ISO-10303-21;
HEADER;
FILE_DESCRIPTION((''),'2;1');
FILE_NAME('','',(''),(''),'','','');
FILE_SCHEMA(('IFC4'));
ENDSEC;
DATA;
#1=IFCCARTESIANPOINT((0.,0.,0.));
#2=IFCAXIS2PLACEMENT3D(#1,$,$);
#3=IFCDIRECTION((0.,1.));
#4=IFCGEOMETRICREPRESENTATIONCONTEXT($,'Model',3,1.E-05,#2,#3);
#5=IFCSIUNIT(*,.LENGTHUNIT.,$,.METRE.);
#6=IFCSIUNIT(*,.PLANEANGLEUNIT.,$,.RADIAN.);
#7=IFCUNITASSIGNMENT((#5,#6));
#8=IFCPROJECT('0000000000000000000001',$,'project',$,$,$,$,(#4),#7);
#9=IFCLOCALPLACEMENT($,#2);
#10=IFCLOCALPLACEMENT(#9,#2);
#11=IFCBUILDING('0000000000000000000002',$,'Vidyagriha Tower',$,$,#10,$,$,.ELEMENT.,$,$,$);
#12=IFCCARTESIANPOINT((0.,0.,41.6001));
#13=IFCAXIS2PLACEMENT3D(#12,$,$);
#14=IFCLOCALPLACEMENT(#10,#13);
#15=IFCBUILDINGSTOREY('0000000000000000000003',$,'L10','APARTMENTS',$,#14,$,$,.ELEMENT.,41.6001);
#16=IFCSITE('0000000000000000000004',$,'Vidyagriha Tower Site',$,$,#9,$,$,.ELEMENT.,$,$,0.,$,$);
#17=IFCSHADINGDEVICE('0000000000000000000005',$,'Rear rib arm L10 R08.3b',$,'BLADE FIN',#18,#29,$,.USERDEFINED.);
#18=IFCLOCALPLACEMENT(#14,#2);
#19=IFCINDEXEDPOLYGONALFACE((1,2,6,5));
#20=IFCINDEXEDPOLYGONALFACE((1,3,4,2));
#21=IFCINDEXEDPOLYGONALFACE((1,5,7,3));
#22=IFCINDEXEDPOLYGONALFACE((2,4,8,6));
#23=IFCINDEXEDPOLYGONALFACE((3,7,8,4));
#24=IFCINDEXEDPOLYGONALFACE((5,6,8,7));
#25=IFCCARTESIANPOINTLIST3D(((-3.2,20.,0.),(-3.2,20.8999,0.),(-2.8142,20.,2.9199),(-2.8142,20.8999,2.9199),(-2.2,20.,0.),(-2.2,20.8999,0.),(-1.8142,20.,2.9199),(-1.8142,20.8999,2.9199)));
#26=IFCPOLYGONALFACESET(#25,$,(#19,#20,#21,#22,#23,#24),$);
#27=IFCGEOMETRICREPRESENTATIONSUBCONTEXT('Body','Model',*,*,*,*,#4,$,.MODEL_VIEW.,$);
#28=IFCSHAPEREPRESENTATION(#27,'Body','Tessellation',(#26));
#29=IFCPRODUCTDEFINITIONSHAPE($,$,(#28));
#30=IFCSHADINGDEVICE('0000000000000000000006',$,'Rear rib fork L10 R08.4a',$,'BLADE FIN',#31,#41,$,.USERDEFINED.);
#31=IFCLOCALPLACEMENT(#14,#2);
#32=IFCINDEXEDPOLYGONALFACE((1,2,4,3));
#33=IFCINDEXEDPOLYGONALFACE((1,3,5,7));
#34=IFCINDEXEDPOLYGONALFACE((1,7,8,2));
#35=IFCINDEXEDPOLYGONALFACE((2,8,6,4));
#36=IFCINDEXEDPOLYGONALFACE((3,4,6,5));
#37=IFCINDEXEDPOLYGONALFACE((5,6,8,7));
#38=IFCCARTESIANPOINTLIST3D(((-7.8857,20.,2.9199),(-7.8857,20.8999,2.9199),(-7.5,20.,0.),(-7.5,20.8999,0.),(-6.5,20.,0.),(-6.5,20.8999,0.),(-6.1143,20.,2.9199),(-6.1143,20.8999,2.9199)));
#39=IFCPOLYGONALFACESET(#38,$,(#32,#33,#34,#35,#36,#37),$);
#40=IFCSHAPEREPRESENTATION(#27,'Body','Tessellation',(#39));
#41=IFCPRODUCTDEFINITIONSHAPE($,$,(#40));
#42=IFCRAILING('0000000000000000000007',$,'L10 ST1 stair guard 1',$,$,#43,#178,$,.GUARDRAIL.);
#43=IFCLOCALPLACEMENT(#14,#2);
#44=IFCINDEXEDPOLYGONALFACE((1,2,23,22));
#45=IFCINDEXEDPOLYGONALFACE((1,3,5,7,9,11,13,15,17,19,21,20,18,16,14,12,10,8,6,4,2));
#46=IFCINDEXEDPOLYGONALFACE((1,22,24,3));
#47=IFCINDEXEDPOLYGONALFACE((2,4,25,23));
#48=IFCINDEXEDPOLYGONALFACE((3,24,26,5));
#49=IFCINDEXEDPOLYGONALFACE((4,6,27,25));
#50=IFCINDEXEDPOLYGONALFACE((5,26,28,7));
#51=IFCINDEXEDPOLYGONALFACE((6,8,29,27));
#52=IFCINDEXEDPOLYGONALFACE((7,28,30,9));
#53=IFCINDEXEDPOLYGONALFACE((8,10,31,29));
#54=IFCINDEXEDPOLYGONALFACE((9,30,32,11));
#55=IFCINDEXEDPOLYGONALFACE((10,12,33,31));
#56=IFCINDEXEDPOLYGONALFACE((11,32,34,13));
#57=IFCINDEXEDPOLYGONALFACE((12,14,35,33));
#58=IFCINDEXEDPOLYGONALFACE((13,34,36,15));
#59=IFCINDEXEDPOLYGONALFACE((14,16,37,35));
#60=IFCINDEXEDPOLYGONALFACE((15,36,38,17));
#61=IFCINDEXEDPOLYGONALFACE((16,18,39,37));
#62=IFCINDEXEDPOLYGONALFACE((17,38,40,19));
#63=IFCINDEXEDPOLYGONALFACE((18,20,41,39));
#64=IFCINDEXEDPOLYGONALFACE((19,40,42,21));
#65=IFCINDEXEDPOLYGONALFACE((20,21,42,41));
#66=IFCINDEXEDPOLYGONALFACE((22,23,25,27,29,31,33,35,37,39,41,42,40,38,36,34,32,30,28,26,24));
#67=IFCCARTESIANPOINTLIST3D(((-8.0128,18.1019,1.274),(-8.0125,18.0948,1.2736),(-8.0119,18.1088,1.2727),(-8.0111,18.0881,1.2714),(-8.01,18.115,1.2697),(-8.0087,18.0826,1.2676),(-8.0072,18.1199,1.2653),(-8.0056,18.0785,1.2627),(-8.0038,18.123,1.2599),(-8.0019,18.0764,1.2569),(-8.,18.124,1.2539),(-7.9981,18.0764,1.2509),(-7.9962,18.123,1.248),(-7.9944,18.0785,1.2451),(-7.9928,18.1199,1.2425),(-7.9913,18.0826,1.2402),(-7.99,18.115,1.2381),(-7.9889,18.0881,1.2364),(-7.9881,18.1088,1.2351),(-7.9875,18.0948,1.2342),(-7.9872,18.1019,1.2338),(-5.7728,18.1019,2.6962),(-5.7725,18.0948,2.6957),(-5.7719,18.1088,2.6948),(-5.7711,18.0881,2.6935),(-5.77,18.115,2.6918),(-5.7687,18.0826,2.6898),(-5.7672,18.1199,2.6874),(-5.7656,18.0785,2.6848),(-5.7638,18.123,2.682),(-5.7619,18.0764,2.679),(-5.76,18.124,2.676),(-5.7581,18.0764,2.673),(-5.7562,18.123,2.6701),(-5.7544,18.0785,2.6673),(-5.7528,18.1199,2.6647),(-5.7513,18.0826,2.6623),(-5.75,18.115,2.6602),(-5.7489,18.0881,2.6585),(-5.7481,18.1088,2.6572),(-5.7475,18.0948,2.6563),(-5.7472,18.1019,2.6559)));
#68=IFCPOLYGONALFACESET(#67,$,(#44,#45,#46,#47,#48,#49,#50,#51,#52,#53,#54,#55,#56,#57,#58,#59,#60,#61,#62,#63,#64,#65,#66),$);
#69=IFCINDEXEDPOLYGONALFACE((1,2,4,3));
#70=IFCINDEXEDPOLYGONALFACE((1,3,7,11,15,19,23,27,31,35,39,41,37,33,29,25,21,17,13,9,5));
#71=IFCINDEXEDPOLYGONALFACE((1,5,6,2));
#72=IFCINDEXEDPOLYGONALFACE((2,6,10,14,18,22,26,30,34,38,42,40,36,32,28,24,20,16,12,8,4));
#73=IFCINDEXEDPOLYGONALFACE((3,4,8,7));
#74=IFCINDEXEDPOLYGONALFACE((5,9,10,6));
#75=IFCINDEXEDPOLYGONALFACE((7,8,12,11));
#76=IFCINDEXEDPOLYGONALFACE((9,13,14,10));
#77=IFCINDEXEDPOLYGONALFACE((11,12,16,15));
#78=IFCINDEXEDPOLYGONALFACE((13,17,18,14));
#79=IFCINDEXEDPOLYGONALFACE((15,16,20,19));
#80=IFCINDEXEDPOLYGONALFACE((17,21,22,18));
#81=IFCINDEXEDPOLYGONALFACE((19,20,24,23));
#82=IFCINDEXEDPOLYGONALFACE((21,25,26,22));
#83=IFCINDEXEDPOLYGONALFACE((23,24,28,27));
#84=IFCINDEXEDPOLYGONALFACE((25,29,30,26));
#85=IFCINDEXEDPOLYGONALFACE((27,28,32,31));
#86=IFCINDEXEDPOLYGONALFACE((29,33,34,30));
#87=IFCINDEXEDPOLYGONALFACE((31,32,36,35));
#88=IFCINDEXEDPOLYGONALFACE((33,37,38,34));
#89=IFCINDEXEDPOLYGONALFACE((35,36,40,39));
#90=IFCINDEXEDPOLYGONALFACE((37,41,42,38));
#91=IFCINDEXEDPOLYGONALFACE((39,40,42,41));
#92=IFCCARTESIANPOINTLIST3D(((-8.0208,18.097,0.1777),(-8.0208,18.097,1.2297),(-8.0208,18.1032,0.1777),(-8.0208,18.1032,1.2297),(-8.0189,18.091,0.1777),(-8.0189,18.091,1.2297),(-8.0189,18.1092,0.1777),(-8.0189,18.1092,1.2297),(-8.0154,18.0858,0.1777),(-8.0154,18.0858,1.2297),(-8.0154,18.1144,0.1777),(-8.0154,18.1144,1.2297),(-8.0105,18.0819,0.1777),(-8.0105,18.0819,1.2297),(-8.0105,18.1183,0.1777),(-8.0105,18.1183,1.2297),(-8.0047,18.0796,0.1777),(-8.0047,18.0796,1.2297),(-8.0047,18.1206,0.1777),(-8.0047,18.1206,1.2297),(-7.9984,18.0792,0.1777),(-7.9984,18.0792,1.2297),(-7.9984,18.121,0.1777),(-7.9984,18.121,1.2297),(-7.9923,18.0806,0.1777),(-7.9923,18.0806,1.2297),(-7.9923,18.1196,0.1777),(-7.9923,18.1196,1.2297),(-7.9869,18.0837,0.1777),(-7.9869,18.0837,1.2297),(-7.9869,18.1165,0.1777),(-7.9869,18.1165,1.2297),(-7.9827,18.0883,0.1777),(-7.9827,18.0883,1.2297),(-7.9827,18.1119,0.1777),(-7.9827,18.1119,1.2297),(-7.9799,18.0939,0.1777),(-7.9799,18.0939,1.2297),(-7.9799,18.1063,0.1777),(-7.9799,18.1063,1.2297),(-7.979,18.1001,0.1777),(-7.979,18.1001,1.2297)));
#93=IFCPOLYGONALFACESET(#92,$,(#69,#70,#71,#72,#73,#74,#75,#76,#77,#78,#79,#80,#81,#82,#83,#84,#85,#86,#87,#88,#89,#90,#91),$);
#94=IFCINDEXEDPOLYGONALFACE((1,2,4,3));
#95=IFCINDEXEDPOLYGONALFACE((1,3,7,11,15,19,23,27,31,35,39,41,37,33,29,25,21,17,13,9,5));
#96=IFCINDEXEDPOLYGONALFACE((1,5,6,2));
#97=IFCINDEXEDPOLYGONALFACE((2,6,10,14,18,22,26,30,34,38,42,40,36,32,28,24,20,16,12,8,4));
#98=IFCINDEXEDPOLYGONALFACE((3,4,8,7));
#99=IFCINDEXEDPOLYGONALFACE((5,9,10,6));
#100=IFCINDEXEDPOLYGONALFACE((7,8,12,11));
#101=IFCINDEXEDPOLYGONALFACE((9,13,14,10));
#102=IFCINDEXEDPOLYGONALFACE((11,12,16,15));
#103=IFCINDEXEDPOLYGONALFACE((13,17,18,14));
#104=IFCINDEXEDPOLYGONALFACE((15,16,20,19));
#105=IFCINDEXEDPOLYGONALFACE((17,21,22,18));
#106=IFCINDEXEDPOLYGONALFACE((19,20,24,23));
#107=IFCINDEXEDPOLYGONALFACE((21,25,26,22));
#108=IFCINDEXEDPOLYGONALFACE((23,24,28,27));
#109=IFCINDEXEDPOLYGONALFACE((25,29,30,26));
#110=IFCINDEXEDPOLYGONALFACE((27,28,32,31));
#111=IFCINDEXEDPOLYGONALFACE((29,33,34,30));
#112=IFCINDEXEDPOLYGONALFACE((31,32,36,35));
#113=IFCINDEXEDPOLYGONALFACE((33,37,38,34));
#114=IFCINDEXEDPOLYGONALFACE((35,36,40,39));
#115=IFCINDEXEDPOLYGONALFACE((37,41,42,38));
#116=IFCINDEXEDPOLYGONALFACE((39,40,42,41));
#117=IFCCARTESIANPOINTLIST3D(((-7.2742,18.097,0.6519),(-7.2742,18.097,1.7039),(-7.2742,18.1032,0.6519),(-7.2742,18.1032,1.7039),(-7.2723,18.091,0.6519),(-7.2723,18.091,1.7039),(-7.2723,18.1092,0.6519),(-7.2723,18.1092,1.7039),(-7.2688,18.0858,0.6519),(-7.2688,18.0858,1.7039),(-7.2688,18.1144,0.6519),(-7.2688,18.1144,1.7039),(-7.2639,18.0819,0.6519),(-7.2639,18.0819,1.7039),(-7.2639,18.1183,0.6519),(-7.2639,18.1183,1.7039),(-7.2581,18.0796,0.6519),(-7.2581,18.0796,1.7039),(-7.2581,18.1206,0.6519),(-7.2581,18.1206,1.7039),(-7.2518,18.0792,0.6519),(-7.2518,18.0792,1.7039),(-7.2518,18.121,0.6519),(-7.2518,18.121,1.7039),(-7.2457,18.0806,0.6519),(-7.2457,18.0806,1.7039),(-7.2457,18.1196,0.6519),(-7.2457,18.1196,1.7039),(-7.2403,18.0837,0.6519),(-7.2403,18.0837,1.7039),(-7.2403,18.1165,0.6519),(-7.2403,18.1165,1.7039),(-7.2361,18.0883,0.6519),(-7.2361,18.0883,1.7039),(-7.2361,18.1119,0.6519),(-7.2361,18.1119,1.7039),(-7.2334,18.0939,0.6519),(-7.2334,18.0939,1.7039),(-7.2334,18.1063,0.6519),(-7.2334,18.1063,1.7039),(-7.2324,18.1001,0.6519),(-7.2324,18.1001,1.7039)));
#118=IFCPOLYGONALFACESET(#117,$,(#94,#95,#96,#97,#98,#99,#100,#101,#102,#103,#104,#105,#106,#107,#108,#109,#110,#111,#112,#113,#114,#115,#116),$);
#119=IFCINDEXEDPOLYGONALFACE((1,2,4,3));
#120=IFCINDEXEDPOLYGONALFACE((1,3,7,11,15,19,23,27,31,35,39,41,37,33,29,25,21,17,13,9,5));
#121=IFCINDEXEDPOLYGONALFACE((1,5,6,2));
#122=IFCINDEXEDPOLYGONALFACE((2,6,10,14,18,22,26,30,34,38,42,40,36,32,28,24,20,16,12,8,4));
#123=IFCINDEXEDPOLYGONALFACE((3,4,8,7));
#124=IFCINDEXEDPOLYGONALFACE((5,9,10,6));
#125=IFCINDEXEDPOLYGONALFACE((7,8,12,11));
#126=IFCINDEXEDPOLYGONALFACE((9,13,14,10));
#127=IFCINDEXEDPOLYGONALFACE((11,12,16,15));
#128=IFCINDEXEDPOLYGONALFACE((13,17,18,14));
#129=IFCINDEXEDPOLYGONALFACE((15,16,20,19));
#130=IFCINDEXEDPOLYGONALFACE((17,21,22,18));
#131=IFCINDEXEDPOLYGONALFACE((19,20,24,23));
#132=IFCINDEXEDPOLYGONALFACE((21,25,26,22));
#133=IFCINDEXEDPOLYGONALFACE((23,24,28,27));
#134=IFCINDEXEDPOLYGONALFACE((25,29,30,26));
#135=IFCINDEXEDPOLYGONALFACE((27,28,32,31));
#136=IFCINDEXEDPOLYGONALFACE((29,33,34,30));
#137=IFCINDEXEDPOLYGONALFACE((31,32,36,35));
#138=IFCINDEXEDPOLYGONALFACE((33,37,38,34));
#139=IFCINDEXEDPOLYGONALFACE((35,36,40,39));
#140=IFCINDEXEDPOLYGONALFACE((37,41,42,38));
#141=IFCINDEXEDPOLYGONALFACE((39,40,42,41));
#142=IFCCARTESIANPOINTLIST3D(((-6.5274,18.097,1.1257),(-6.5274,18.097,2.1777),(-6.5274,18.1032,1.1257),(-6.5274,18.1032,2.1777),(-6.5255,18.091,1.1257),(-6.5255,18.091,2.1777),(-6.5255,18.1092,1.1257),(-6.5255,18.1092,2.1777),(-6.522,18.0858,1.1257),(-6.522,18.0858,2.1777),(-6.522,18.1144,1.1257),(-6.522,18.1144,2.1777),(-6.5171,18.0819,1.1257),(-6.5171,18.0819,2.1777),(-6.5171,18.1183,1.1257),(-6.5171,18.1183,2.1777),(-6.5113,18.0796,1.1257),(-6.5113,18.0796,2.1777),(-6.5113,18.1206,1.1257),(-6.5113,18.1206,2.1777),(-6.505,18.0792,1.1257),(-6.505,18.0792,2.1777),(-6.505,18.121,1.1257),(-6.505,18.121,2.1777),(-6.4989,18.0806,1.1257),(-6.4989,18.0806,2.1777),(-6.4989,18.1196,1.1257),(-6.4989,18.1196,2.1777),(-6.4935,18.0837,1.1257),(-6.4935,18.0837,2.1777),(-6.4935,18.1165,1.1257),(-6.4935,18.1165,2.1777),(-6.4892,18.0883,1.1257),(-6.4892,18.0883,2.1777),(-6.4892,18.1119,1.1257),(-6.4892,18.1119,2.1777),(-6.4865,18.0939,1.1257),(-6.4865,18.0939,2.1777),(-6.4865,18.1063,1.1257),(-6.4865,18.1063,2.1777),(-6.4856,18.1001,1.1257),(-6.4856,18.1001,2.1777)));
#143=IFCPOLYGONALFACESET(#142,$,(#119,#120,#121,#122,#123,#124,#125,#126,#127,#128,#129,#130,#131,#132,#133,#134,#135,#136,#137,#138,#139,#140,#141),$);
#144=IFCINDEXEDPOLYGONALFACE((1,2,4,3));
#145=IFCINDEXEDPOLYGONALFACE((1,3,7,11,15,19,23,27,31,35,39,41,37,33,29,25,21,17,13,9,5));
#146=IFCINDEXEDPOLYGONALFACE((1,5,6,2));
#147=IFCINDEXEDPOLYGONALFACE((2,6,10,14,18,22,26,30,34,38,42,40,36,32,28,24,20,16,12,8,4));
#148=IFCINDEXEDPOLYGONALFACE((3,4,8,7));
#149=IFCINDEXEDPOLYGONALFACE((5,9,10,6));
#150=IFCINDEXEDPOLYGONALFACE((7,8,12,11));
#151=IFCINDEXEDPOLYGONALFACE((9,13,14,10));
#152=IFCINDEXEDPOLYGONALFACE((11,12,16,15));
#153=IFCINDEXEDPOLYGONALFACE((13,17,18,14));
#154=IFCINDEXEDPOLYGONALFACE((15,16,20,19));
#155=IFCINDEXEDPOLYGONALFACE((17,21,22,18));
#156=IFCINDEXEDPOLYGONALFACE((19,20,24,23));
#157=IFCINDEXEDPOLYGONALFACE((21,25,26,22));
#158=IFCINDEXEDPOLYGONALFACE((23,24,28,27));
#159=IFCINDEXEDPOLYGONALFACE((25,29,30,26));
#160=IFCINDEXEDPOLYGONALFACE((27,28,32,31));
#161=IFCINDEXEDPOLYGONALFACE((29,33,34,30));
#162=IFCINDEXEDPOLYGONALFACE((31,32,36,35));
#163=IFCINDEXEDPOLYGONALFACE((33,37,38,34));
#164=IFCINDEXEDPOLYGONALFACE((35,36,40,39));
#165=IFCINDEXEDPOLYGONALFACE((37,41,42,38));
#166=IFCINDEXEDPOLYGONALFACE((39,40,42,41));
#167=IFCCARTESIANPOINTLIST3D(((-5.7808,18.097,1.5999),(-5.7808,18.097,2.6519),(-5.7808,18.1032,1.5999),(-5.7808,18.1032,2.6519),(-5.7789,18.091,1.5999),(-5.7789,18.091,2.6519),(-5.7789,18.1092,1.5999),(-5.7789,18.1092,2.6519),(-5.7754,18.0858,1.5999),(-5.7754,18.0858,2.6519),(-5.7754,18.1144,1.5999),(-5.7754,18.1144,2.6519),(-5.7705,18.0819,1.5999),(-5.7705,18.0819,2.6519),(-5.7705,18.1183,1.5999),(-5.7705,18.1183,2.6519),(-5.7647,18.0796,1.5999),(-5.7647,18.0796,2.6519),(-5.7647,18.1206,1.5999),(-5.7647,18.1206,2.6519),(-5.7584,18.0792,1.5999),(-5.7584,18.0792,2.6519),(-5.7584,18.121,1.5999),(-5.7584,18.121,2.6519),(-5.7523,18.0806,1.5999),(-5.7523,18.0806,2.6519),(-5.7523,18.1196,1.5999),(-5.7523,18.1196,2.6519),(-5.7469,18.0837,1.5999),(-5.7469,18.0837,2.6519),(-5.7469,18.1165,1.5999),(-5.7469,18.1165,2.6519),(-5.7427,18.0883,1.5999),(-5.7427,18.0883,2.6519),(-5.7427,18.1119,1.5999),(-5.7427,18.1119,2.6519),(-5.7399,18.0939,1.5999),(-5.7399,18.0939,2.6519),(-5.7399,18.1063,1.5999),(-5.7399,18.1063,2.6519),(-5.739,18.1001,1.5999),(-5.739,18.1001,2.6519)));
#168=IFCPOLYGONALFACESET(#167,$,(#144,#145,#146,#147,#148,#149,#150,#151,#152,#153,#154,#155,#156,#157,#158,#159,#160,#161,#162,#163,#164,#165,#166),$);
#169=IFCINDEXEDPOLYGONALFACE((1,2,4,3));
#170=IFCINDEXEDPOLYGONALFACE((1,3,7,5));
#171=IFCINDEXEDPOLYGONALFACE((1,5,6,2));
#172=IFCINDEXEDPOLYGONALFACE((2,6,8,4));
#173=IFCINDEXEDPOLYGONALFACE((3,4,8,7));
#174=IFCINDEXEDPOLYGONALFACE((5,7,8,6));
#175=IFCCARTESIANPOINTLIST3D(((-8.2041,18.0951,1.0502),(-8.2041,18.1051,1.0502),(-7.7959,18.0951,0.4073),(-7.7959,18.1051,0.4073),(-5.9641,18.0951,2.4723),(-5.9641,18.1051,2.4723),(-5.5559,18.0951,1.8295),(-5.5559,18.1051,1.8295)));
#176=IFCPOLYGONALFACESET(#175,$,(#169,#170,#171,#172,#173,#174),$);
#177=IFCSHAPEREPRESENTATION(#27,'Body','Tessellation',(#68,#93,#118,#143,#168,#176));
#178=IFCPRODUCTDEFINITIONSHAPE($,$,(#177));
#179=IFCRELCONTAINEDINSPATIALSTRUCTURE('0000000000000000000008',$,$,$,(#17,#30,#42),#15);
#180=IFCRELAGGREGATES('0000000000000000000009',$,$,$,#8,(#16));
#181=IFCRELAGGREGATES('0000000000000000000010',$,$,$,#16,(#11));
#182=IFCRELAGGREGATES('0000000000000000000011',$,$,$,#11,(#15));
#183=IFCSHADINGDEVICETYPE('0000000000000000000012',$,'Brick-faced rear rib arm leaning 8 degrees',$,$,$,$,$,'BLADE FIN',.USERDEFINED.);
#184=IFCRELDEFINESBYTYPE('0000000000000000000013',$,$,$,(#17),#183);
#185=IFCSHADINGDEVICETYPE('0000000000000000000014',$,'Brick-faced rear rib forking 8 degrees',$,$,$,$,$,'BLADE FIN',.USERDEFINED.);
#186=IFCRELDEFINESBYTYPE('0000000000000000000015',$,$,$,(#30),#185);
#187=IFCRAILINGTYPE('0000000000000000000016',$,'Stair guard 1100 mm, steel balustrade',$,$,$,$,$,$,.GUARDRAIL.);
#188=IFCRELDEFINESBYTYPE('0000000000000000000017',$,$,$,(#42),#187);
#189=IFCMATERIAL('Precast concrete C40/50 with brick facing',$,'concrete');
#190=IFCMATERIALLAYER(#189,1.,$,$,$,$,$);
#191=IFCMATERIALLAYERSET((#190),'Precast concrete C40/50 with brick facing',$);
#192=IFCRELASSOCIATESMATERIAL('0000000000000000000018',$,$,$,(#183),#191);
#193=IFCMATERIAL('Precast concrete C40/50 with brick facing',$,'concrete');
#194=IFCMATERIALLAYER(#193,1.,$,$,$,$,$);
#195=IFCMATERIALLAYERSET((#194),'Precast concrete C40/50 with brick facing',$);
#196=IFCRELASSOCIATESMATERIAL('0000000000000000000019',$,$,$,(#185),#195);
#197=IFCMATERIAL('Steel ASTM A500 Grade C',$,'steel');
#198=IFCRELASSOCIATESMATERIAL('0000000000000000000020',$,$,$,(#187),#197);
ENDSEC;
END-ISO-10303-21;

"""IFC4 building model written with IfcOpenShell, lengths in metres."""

from ifc_helpers import new_model, si_unit, direction, frame, origin, origin_2d, place, context, subcontext, project, spatial, polyline, rectangle, circle, outline, extrude, material, layer, layer_set, type_object, element, save


model = new_model("IFC4")

# Units and contexts
model_context = context("Model", 3, precision=1e-05, world=origin(), true_north=direction((0.0, 1.0)))
body_context = subcontext(model_context, "Body", "Model", "MODEL_VIEW")
ifc_project = project(units=[si_unit("LENGTHUNIT", "METRE"), si_unit("PLANEANGLEUNIT", "RADIAN")], contexts=[model_context])

# Site, building, storey
site_placement = place(None, origin())
site = spatial("IfcSite", under=ifc_project, at=site_placement, Name="Vidyagriha Tower Site", CompositionType="ELEMENT", RefElevation=0.0)
building_placement = place(site_placement, origin())
building = spatial("IfcBuilding", under=site, at=building_placement, Name="Vidyagriha Tower", CompositionType="ELEMENT")
storey_placement = place(building_placement, frame((0.0, 0.0, 41.6001)))
storey = spatial("IfcBuildingStorey", under=building, at=storey_placement, Name="L10", Description="APARTMENTS", CompositionType="ELEMENT", Elevation=41.6001)

# Shading devices
ifc_material_1 = material(Name="Precast concrete C40/50 with brick facing", Category="concrete")
ifc_layer_1 = layer(ifc_material_1, 1.0)
ifc_layer_set_1 = layer_set([ifc_layer_1], Name="Precast concrete C40/50 with brick facing")
shading_device_type_1 = type_object("IfcShadingDeviceType", Name="Brick-faced rear rib arm leaning 8 degrees", ElementType="BLADE FIN", PredefinedType="USERDEFINED", material=ifc_layer_set_1)
shading_device_1_placement = place(storey_placement, frame((-1.8142, 20.45, 0.0), z_axis=(0.0, 0.0, 1.0), x_axis=(-1.0, 0.0, 0.0)))
element("IfcShadingDevice", 1, at=shading_device_1_placement, inside=storey, type_object=shading_device_type_1, Name="Rear rib arm L10 R08.3b", ObjectType="BLADE FIN", PredefinedType="USERDEFINED", context=body_context, shape_type="SweptSolid", body=[
    extrude(outline(polyline([(0.3857, 0.0), (1.3857, 0.0), (1.0, 2.9199), (0.0, 2.9199), (0.3857, 0.0)])), frame((0.0, 0.45, 0.0), z_axis=(0.0, -1.0, 0.0), x_axis=(1.0, 0.0, 0.0)), (0.0, 0.0, 1.0), 0.8999),
])
ifc_material_2 = material(Name="Precast concrete C40/50 with brick facing", Category="concrete")
ifc_layer_2 = layer(ifc_material_2, 1.0)
ifc_layer_set_2 = layer_set([ifc_layer_2], Name="Precast concrete C40/50 with brick facing")
shading_device_type_2 = type_object("IfcShadingDeviceType", Name="Brick-faced rear rib forking 8 degrees", ElementType="BLADE FIN", PredefinedType="USERDEFINED", material=ifc_layer_set_2)
shading_device_2_placement = place(storey_placement, frame((-6.1143, 20.45, 0.0), z_axis=(0.0, 0.0, 1.0), x_axis=(-1.0, 0.0, 0.0)))
element("IfcShadingDevice", 2, at=shading_device_2_placement, inside=storey, type_object=shading_device_type_2, Name="Rear rib fork L10 R08.4a", ObjectType="BLADE FIN", PredefinedType="USERDEFINED", context=body_context, shape_type="SweptSolid", body=[
    extrude(outline(polyline([(0.3857, 0.0), (1.3857, 0.0), (1.7715, 2.9199), (0.0, 2.9199), (0.3857, 0.0)])), frame((0.0, 0.45, 0.0), z_axis=(0.0, -1.0, 0.0), x_axis=(1.0, 0.0, 0.0)), (0.0, 0.0, 1.0), 0.8999),
])

# Railing
ifc_material_3 = material(Name="Steel ASTM A500 Grade C", Category="steel")
railing_type_1 = type_object("IfcRailingType", Name="Stair guard 1100 mm, steel balustrade", PredefinedType="GUARDRAIL", material=ifc_material_3)
railing_1_placement = place(storey_placement, frame((-8.0, 18.1001, 0.1777)))
element("IfcRailing", 3, at=railing_1_placement, inside=storey, type_object=railing_type_1, Name="L10 ST1 stair guard 1", PredefinedType="GUARDRAIL", context=body_context, shape_type="SweptSolid", body=[
    extrude(circle(Radius=0.0239, at=origin_2d()), frame((0.0, 0.0, 1.0762), z_axis=(0.844229, 0.0, 0.535982), x_axis=(0.0, 1.0, 0.0)), (0.0, 0.0, 1.0), 2.6533),
    extrude(circle(Radius=0.021, at=origin_2d()), origin(), (0.0, 0.0, 1.0), 1.052),
    extrude(circle(Radius=0.021, at=origin_2d()), frame((0.7466, 0.0, 0.4741)), (0.0, 0.0, 1.0), 1.052),
    extrude(circle(Radius=0.021, at=origin_2d()), frame((1.4934, 0.0, 0.948)), (0.0, 0.0, 1.0), 1.052),
    extrude(circle(Radius=0.021, at=origin_2d()), frame((2.24, 0.0, 1.4221)), (0.0, 0.0, 1.0), 1.052),
    extrude(rectangle(XDim=0.01, YDim=0.7615, at=origin_2d()), frame((0.0, 0.0, 0.551), z_axis=(0.844229, 0.0, 0.535982), x_axis=(0.0, 1.0, 0.0)), (0.0, 0.0, 1.0), 2.6533),
])

save(model, "model.ifc")
